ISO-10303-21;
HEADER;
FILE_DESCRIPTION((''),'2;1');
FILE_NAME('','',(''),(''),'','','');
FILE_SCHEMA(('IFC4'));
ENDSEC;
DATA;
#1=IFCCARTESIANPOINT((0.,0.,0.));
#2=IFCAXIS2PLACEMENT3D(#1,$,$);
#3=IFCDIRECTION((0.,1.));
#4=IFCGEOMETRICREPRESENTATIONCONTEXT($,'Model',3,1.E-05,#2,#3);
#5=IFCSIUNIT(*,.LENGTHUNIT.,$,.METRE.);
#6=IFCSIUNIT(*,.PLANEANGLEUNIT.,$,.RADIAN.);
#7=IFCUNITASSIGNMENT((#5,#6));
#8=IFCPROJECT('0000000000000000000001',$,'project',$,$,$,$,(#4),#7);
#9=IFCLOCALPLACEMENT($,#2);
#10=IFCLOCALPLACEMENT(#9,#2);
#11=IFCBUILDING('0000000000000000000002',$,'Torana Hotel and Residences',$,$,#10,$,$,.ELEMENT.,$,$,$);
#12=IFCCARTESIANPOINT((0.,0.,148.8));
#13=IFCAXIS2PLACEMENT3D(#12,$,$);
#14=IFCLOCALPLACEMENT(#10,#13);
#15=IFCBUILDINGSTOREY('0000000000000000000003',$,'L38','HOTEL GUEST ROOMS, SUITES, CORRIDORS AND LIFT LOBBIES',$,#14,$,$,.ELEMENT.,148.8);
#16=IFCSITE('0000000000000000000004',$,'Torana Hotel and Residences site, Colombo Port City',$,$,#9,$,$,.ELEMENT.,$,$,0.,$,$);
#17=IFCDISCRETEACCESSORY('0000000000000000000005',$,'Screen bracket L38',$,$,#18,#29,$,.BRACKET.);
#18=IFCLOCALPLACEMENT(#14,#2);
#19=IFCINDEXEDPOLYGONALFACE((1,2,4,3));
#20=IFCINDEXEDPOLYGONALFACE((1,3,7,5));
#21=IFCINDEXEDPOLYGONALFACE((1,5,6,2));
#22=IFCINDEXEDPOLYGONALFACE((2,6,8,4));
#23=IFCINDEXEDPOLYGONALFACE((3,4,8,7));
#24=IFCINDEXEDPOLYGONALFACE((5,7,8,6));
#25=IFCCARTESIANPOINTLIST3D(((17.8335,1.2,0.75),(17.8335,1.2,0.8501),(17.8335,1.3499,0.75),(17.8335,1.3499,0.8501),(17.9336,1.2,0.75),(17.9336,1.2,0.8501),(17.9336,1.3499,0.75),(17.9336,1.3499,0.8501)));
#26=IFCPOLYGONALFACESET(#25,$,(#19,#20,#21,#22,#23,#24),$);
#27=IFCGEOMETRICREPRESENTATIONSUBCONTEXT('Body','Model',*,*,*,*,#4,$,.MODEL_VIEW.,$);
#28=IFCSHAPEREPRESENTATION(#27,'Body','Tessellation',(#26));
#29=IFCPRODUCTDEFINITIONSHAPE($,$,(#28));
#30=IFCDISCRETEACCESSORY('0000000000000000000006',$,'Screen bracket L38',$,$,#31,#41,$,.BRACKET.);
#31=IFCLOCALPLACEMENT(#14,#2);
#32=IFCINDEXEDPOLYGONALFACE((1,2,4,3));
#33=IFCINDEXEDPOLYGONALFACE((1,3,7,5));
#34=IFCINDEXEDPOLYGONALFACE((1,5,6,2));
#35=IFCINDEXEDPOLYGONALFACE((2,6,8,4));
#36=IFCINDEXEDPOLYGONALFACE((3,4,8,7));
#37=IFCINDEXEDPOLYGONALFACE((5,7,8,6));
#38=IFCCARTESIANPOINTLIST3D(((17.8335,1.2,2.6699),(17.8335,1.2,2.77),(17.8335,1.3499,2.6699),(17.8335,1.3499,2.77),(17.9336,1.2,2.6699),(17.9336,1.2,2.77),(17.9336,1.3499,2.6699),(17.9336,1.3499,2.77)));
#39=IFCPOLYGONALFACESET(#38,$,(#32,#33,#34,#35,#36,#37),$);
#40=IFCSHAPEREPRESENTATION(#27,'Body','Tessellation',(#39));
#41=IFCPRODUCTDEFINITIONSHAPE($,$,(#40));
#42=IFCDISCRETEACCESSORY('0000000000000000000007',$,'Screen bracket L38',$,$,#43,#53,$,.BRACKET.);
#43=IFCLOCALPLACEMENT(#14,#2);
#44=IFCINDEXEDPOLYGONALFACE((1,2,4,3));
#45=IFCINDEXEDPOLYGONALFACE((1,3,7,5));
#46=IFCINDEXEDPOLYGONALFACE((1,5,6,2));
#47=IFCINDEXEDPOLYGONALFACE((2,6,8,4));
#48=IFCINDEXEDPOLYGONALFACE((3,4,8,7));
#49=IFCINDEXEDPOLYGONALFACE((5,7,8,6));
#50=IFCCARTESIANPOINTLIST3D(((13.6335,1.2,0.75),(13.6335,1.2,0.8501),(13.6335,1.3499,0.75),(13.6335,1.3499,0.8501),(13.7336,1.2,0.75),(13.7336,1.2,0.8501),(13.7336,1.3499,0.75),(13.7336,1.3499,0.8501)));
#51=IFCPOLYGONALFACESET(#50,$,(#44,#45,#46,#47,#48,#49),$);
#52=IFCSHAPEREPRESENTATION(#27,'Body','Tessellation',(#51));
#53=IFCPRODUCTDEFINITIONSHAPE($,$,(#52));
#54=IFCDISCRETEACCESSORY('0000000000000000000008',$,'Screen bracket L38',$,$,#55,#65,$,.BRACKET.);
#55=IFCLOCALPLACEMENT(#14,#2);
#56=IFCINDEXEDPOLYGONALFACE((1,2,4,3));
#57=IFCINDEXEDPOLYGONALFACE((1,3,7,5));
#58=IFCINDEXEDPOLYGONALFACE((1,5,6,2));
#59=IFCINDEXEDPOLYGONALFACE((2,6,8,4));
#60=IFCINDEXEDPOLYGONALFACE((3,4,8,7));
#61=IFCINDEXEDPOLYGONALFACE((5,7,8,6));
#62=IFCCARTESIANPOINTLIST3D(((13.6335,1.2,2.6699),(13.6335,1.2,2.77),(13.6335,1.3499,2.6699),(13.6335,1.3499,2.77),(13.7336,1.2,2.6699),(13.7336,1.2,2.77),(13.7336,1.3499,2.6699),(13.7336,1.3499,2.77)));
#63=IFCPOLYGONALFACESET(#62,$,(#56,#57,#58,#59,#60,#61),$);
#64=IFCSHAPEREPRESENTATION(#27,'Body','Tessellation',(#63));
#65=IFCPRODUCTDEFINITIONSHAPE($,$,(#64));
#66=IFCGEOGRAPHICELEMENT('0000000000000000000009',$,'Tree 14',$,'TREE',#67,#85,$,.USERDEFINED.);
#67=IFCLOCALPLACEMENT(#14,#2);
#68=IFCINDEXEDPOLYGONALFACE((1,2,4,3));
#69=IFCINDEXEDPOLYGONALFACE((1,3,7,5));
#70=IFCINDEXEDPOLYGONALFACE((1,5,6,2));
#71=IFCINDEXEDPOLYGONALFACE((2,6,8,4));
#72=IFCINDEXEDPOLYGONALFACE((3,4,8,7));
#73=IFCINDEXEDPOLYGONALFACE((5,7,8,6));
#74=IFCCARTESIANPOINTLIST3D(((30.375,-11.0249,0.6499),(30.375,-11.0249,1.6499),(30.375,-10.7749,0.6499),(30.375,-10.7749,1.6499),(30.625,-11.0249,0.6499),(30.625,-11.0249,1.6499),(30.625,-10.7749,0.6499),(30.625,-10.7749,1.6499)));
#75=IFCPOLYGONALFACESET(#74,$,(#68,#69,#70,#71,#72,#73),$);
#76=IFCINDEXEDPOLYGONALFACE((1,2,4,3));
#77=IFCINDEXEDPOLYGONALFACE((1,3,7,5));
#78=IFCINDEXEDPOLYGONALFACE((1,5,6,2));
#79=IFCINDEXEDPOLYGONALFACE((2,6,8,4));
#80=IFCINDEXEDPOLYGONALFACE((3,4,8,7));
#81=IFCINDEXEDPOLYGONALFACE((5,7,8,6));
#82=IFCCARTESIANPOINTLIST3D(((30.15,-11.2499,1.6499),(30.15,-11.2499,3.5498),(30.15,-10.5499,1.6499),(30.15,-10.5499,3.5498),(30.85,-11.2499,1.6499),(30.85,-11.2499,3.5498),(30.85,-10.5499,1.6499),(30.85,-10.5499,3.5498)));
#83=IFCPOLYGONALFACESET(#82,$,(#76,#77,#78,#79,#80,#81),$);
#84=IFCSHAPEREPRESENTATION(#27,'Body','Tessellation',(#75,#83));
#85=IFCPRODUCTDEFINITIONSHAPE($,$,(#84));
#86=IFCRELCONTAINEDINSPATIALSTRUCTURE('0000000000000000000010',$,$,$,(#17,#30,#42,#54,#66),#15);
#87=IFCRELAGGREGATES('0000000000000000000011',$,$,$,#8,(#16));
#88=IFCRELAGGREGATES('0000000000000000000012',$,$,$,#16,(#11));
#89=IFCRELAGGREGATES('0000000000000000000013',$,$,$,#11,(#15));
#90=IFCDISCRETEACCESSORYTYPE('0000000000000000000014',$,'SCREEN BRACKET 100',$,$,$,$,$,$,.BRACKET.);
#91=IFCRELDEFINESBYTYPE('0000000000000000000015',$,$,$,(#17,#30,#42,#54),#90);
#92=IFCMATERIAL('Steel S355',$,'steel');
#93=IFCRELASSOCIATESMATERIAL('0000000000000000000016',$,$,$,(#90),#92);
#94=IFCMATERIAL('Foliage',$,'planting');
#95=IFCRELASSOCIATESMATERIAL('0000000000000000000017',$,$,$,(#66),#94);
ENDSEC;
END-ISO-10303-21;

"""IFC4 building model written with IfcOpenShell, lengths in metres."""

from ifc_helpers import new_model, si_unit, direction, frame, origin, origin_2d, place, context, subcontext, project, spatial, rectangle, extrude, material, type_object, element, save


model = new_model("IFC4")

# Units and contexts
model_context = context("Model", 3, precision=1e-05, world=origin(), true_north=direction((0.0, 1.0)))
body_context = subcontext(model_context, "Body", "Model", "MODEL_VIEW")
ifc_project = project(units=[si_unit("LENGTHUNIT", "METRE"), si_unit("PLANEANGLEUNIT", "RADIAN")], contexts=[model_context])

# Site, building, storey
site_placement = place(None, origin())
site = spatial("IfcSite", under=ifc_project, at=site_placement, Name="Torana Hotel and Residences site, Colombo Port City", CompositionType="ELEMENT", RefElevation=0.0)
building_placement = place(site_placement, origin())
building = spatial("IfcBuilding", under=site, at=building_placement, Name="Torana Hotel and Residences", CompositionType="ELEMENT")
storey_placement = place(building_placement, frame((0.0, 0.0, 148.8)))
storey = spatial("IfcBuildingStorey", under=building, at=storey_placement, Name="L38", Description="HOTEL GUEST ROOMS, SUITES, CORRIDORS AND LIFT LOBBIES", CompositionType="ELEMENT", Elevation=148.8)

# Discrete accessories
ifc_material_1 = material(Name="Steel S355", Category="steel")
discrete_accessory_type = type_object("IfcDiscreteAccessoryType", Name="SCREEN BRACKET 100", PredefinedType="BRACKET", material=ifc_material_1)
for number, where, z_axis, x_axis, name in (
    (1, (17.8835, 1.2749, 0.75), (0.0, 0.0, 1.0), (-1.0, 0.0, 0.0), "Screen bracket L38"),
    (2, (17.8835, 1.2749, 2.6699), (0.0, 0.0, 1.0), (-1.0, 0.0, 0.0), "Screen bracket L38"),
    (3, (13.6836, 1.2749, 0.75), (0.0, 0.0, 1.0), (-1.0, 0.0, 0.0), "Screen bracket L38"),
    (4, (13.6836, 1.2749, 2.6699), (0.0, 0.0, 1.0), (-1.0, 0.0, 0.0), "Screen bracket L38"),
):
    element("IfcDiscreteAccessory", number, at=place(storey_placement, frame(where, z_axis=z_axis, x_axis=x_axis)), inside=storey, type_object=discrete_accessory_type, Name=name, PredefinedType="BRACKET", context=body_context, shape_type="SweptSolid", body=[
        extrude(rectangle(XDim=0.1001, YDim=0.1499, at=origin_2d()), origin(), (0.0, 0.0, 1.0), 0.1001),
    ])

# Geographic element
ifc_material_2 = material(Name="Foliage", Category="planting")
geographic_element_placement = place(storey_placement, frame((30.5, -10.8999, 0.6499), z_axis=(0.0, 0.0, 1.0), x_axis=(1.0, 0.0, 0.0)))
element("IfcGeographicElement", 5, at=geographic_element_placement, inside=storey, material=ifc_material_2, Name="Tree 14", ObjectType="TREE", PredefinedType="USERDEFINED", context=body_context, shape_type="SweptSolid", body=[
    extrude(rectangle(XDim=0.25, YDim=0.25, at=origin_2d()), origin(), (0.0, 0.0, 1.0), 1.0),
    extrude(rectangle(XDim=0.7, YDim=0.7, at=origin_2d()), frame((0.0, 0.0, 1.0)), (0.0, 0.0, 1.0), 1.8999),
])

save(model, "model.ifc")
